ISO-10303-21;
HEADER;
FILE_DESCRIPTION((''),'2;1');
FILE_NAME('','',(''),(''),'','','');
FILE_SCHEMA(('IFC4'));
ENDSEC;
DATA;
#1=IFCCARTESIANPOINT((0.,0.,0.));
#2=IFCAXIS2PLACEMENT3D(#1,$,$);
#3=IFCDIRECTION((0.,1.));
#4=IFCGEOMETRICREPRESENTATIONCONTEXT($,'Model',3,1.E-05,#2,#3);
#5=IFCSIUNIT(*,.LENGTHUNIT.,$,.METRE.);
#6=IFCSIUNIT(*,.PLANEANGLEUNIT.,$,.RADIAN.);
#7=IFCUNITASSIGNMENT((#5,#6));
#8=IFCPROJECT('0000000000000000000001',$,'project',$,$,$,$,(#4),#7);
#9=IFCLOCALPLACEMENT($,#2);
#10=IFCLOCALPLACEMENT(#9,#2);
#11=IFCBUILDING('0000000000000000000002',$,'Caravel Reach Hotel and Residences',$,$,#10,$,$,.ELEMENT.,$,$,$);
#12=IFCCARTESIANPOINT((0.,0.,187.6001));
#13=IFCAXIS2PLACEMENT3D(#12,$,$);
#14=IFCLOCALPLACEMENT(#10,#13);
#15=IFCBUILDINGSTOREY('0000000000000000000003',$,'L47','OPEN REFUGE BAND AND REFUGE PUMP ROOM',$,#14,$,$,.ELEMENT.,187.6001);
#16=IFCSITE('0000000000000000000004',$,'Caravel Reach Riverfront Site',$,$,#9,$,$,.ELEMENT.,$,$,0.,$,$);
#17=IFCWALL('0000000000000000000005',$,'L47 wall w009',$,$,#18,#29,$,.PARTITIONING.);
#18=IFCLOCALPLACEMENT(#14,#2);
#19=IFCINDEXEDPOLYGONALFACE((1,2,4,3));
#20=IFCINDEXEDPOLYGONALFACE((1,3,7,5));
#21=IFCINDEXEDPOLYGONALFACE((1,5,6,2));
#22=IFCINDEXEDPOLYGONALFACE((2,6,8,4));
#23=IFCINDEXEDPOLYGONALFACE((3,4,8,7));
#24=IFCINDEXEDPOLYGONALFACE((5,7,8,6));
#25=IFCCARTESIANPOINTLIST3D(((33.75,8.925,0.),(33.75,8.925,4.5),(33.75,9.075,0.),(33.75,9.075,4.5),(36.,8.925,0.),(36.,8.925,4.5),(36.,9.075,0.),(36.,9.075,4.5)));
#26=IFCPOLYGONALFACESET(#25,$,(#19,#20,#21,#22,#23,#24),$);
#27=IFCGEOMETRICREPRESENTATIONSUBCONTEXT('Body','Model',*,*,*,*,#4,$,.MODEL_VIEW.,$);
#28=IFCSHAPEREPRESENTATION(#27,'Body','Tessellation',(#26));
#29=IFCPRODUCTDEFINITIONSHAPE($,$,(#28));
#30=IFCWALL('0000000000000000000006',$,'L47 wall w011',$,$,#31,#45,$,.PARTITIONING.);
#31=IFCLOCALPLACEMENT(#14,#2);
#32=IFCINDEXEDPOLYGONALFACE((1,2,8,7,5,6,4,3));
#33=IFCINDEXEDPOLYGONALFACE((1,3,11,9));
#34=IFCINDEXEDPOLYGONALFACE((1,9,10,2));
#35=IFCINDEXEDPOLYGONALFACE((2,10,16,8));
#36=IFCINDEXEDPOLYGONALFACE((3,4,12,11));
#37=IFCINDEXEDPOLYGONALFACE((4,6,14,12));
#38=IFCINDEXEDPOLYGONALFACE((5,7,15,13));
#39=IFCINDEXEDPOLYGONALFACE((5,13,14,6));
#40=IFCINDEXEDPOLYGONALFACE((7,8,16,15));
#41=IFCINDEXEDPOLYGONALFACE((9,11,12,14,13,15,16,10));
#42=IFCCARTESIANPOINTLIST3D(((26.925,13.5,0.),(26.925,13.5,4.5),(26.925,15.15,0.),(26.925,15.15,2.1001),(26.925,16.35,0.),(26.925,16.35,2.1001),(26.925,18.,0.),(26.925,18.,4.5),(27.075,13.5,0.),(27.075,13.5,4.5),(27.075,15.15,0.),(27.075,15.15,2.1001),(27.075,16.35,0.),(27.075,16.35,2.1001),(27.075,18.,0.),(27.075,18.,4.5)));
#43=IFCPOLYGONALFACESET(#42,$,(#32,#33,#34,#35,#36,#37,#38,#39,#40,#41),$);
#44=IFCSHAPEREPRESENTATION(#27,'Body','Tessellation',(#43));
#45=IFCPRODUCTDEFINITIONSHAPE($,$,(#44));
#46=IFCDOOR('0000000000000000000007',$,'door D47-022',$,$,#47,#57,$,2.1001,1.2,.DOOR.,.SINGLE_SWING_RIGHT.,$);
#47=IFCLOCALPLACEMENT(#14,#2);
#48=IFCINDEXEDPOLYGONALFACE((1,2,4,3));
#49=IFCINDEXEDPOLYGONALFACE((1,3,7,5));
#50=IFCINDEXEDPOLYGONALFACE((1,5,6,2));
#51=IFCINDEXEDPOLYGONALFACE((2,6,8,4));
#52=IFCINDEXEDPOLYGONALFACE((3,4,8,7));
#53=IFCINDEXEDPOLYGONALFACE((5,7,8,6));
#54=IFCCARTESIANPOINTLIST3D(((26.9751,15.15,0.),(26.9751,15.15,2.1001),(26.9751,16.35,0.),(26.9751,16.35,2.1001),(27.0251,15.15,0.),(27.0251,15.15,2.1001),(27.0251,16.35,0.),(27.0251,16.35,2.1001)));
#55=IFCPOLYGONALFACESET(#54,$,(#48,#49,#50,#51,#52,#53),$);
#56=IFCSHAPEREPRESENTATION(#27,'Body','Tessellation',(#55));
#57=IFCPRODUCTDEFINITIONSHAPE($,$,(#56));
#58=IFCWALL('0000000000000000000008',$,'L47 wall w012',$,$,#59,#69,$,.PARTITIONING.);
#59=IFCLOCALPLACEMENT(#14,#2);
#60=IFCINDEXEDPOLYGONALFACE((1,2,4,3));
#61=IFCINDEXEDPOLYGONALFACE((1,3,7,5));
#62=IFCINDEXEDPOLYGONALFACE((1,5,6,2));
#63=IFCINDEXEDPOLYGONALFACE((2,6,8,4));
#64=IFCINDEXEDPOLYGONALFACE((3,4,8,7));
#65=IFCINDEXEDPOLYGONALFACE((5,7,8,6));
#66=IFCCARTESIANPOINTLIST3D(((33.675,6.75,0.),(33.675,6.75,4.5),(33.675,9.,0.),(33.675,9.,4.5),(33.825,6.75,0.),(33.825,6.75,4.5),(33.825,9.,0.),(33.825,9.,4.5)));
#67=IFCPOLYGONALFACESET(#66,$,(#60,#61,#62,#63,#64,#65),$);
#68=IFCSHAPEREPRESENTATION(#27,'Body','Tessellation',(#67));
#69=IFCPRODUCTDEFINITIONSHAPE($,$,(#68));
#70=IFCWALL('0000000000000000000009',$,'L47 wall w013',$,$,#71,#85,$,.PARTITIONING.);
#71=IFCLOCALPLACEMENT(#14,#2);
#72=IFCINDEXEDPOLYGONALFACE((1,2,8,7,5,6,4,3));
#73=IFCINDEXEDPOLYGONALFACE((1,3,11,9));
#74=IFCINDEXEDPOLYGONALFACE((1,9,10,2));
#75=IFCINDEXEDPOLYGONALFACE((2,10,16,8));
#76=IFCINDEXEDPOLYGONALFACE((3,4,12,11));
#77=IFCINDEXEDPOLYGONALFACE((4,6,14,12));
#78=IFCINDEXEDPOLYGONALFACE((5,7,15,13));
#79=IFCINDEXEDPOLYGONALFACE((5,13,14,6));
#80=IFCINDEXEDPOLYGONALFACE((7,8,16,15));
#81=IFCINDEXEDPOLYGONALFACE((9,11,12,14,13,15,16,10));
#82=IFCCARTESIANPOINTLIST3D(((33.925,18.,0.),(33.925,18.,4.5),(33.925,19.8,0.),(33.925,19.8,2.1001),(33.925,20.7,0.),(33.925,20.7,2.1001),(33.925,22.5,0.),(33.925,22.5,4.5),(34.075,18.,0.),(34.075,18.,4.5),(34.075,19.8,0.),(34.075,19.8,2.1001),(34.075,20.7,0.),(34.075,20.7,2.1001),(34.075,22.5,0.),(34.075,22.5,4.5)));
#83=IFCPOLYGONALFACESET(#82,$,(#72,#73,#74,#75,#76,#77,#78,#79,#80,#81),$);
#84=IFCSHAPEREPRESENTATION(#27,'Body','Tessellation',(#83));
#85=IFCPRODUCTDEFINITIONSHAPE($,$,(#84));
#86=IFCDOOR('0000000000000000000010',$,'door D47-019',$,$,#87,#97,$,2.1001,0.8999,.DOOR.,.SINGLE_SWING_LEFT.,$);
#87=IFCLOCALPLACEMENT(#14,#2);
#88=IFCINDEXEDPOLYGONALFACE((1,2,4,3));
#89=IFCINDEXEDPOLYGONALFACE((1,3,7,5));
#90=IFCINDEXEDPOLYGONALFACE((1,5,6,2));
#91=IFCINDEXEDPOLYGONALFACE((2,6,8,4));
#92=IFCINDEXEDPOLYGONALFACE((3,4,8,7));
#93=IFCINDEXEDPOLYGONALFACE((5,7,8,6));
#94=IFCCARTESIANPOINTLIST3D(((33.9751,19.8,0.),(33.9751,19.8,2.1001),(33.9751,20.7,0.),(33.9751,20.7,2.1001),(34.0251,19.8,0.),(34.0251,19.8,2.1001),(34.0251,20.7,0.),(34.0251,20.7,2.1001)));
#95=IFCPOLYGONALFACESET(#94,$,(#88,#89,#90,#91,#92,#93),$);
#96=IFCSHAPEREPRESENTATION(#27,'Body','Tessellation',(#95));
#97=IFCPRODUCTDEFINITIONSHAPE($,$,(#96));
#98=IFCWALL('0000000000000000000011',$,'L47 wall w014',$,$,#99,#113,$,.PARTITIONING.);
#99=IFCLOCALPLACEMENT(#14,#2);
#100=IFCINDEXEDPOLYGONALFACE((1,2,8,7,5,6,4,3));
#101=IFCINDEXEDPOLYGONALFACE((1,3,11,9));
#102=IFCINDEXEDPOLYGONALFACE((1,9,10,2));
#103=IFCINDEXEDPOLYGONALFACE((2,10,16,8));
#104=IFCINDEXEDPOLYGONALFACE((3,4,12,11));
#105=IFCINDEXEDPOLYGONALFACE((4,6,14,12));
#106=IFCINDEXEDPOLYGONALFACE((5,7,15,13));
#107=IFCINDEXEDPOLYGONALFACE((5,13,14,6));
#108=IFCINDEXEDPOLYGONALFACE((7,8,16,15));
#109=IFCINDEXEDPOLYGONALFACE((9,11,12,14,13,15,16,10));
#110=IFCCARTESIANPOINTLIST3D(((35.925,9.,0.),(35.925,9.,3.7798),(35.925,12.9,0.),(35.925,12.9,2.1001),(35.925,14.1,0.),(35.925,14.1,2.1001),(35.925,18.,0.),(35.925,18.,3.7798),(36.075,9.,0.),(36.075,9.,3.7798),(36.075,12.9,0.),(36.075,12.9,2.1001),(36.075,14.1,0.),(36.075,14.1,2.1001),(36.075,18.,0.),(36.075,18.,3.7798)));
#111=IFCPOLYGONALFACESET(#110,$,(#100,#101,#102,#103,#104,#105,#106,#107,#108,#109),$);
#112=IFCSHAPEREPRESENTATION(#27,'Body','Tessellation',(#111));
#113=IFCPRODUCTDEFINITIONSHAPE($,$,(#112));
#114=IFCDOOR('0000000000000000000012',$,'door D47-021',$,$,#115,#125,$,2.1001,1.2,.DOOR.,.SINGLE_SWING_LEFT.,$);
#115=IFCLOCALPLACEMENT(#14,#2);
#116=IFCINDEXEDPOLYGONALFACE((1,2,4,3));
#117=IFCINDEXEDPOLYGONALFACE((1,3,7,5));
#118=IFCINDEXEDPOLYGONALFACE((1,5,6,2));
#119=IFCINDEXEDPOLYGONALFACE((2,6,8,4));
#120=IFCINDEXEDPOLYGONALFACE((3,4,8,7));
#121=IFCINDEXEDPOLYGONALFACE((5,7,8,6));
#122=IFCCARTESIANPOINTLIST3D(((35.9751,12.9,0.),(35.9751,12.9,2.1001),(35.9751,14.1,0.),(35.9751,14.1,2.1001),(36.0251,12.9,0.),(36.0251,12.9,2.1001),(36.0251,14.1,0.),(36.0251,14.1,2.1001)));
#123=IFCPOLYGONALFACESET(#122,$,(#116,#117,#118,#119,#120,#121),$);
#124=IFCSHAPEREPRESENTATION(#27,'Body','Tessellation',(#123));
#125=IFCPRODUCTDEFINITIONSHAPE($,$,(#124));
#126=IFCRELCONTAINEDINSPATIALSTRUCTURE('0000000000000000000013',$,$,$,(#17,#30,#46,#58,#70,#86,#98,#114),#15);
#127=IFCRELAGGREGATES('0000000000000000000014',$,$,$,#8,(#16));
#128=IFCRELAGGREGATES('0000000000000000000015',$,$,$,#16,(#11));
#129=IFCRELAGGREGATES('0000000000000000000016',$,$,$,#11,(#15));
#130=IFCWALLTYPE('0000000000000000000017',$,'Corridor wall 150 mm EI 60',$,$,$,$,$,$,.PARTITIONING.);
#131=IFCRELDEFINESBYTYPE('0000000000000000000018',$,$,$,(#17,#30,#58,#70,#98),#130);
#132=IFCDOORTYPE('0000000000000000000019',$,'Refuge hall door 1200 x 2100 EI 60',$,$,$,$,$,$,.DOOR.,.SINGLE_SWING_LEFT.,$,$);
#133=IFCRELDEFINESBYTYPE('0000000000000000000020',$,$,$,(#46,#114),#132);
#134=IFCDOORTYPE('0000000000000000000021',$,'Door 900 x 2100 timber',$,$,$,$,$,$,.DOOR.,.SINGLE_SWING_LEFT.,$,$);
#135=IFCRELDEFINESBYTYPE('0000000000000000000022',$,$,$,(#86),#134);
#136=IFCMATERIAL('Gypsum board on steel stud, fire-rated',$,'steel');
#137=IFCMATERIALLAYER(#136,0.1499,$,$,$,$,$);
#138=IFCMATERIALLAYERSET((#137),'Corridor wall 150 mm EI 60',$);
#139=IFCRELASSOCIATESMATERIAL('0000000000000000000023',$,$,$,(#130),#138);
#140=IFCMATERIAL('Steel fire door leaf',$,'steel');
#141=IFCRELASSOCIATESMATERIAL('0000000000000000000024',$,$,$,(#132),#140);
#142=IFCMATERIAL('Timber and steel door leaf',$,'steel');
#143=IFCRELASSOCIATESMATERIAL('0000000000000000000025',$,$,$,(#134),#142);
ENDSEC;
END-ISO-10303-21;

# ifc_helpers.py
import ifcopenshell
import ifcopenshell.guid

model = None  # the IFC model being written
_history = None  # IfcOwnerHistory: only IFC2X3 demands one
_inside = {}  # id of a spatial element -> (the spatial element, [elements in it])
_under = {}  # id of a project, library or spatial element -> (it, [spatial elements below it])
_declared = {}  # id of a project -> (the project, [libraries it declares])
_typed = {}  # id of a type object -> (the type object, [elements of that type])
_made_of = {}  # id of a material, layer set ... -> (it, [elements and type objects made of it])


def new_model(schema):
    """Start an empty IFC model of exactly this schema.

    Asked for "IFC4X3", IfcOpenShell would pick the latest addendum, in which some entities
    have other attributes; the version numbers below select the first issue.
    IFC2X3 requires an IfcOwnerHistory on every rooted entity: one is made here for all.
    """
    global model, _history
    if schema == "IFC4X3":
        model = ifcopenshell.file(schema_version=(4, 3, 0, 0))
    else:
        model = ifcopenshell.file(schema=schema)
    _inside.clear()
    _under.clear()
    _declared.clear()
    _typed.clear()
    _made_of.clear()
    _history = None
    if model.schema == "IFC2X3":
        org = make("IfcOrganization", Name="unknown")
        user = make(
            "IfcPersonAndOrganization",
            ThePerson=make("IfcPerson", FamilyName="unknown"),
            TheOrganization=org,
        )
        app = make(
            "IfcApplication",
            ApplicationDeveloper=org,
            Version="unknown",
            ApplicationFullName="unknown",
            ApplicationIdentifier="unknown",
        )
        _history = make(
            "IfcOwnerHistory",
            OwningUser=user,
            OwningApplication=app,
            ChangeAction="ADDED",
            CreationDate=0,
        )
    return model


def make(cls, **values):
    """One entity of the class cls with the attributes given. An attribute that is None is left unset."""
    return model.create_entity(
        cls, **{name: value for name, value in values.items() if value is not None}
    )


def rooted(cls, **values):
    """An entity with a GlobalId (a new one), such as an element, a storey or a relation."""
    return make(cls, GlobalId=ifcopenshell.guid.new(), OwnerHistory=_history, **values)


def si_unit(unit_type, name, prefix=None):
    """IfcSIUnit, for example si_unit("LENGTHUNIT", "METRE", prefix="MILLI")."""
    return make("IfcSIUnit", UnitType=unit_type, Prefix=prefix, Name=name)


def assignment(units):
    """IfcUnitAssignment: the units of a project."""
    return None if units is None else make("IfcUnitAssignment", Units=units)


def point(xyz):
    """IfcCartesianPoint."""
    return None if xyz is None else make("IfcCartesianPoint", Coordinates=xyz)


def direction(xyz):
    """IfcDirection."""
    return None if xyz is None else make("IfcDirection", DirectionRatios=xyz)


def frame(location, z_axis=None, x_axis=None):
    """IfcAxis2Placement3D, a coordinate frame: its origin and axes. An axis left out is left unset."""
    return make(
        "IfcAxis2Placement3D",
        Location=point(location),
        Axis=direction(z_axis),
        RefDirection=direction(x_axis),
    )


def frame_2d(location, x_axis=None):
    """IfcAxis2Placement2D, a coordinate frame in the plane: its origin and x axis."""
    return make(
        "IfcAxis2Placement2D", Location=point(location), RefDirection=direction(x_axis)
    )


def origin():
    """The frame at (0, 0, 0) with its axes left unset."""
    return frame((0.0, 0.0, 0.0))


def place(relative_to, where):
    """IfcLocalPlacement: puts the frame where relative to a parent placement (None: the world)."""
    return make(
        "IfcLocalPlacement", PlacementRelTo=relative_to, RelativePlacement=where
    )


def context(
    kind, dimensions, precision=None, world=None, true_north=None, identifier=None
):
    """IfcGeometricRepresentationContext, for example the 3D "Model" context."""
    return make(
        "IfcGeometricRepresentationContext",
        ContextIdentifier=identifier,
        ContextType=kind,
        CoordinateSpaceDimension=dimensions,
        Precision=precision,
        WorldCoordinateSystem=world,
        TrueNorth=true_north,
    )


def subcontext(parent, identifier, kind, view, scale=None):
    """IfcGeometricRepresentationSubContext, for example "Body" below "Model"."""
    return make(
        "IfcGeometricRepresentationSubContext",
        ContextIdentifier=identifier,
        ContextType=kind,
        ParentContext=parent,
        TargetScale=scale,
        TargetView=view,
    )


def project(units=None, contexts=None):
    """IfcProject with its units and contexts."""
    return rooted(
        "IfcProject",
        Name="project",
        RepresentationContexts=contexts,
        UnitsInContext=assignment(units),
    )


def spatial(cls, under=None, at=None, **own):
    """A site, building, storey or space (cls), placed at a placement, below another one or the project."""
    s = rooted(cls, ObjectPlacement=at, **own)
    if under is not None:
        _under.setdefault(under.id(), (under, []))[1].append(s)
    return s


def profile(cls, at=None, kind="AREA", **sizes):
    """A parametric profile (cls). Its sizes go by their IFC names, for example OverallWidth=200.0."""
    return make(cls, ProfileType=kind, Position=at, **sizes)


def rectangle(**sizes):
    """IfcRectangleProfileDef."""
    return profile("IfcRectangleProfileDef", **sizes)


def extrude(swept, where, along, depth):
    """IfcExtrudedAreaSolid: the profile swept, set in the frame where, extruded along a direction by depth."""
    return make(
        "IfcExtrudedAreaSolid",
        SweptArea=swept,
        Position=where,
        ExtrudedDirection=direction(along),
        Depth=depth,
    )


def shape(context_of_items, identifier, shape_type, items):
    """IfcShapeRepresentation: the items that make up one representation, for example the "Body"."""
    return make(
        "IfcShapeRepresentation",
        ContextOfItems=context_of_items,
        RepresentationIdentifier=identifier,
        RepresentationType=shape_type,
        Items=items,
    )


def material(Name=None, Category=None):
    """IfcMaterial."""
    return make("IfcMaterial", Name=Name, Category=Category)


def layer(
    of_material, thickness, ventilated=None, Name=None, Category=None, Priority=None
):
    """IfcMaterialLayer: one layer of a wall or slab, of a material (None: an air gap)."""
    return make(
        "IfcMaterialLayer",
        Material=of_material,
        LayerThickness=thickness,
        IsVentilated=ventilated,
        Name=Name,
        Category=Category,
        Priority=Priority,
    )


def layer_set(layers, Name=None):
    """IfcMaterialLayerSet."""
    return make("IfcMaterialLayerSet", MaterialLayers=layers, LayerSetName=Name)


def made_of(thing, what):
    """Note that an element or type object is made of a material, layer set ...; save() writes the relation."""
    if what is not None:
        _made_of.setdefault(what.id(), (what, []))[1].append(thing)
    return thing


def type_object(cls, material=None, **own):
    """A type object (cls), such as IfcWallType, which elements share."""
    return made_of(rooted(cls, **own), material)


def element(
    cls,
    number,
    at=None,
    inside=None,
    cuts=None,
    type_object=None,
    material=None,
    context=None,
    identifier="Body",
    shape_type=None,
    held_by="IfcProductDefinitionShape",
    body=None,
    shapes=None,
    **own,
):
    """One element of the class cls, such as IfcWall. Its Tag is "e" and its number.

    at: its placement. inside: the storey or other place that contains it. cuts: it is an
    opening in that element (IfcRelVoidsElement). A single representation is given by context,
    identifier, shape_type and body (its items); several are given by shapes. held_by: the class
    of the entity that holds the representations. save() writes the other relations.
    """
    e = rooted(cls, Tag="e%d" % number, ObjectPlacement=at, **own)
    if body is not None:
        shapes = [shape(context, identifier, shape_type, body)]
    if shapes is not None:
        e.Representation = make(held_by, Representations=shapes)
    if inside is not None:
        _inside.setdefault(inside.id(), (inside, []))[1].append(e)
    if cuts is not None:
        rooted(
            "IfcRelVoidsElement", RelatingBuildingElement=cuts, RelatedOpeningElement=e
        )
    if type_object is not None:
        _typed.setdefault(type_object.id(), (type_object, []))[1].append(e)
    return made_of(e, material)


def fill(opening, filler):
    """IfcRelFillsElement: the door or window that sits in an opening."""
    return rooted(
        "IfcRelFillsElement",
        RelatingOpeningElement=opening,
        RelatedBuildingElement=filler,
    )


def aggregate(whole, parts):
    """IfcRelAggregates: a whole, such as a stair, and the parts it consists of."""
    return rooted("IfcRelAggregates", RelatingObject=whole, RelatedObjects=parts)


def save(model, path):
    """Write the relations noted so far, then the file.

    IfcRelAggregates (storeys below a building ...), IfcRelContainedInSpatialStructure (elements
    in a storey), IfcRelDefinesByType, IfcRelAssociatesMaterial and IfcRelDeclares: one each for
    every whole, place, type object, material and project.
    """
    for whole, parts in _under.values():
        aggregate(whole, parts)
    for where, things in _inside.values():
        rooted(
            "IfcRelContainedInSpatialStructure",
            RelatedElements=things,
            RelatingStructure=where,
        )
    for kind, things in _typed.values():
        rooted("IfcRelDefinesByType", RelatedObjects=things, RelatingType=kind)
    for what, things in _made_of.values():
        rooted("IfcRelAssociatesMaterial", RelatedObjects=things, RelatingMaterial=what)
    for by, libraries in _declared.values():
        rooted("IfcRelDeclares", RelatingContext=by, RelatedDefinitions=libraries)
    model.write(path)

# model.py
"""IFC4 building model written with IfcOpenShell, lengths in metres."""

from ifc_helpers import new_model, si_unit, direction, frame, frame_2d, origin, place, context, subcontext, project, spatial, rectangle, extrude, material, layer, layer_set, type_object, element, fill, save


model = new_model("IFC4")

# Units and contexts
model_context = context("Model", 3, precision=1e-05, world=origin(), true_north=direction((0.0, 1.0)))
body_context = subcontext(model_context, "Body", "Model", "MODEL_VIEW")
ifc_project = project(units=[si_unit("LENGTHUNIT", "METRE"), si_unit("PLANEANGLEUNIT", "RADIAN")], contexts=[model_context])

# Site, building, storey
site_placement = place(None, origin())
site = spatial("IfcSite", under=ifc_project, at=site_placement, Name="Caravel Reach Riverfront Site", CompositionType="ELEMENT", RefElevation=0.0)
building_placement = place(site_placement, origin())
building = spatial("IfcBuilding", under=site, at=building_placement, Name="Caravel Reach Hotel and Residences", CompositionType="ELEMENT")
storey_placement = place(building_placement, frame((0.0, 0.0, 187.6001)))
storey = spatial("IfcBuildingStorey", under=building, at=storey_placement, Name="L47", Description="OPEN REFUGE BAND AND REFUGE PUMP ROOM", CompositionType="ELEMENT", Elevation=187.6001)

# Wall
ifc_material_1 = material(Name="Gypsum board on steel stud, fire-rated", Category="steel")
ifc_layer_1 = layer(ifc_material_1, 0.1499)
ifc_layer_set_1 = layer_set([ifc_layer_1], Name="Corridor wall 150 mm EI 60")
wall_type_1 = type_object("IfcWallType", Name="Corridor wall 150 mm EI 60", PredefinedType="PARTITIONING", material=ifc_layer_set_1)
wall_1_placement = place(storey_placement, frame((33.75, 9.0, 0.0), z_axis=(0.0, 0.0, 1.0), x_axis=(1.0, 0.0, 0.0)))
element("IfcWall", 1, at=wall_1_placement, inside=storey, type_object=wall_type_1, Name="L47 wall w009", PredefinedType="PARTITIONING", context=body_context, shape_type="SweptSolid", body=[
    extrude(rectangle(XDim=2.25, YDim=0.1499, at=frame_2d((1.125, 0.0))), origin(), (0.0, 0.0, 1.0), 4.5),
])

# Wall, opening, door
wall_2_placement = place(storey_placement, frame((27.0, 13.5, 0.0), z_axis=(0.0, 0.0, 1.0), x_axis=(0.0, 1.0, 0.0)))
wall_2 = element("IfcWall", 2, at=wall_2_placement, inside=storey, type_object=wall_type_1, Name="L47 wall w011", PredefinedType="PARTITIONING", context=body_context, shape_type="SweptSolid", body=[
    extrude(rectangle(XDim=4.5, YDim=0.1499, at=frame_2d((2.25, 0.0))), origin(), (0.0, 0.0, 1.0), 4.5),
])
opening_1_placement = place(wall_2_placement, frame((1.6499, 0.0, 0.0)))
opening_1 = element("IfcOpeningElement", 3, at=opening_1_placement, cuts=wall_2, PredefinedType="OPENING", context=body_context, shape_type="SweptSolid", body=[
    extrude(rectangle(XDim=1.2, YDim=2.1001, at=frame_2d((0.6001, 1.05))), frame((0.0, 0.085, 0.0), z_axis=(0.0, -1.0, 0.0), x_axis=(1.0, 0.0, 0.0)), (0.0, 0.0, 1.0), 0.1699),
])
ifc_material_2 = material(Name="Steel fire door leaf", Category="steel")
door_type_1 = type_object("IfcDoorType", Name="Refuge hall door 1200 x 2100 EI 60", OperationType="SINGLE_SWING_LEFT", PredefinedType="DOOR", material=ifc_material_2)
door_1_placement = place(opening_1_placement, origin())
door_1 = element("IfcDoor", 4, at=door_1_placement, inside=storey, type_object=door_type_1, Name="door D47-022", OperationType="SINGLE_SWING_RIGHT", OverallHeight=2.1001, OverallWidth=1.2, PredefinedType="DOOR", context=body_context, shape_type="SweptSolid", body=[
    extrude(rectangle(XDim=1.2, YDim=2.1001, at=frame_2d((0.6001, 1.05))), frame((0.0, 0.0249, 0.0), z_axis=(0.0, -1.0, 0.0), x_axis=(1.0, 0.0, 0.0)), (0.0, 0.0, 1.0), 0.05),
])
fill(opening_1, door_1)

# Wall
wall_3_placement = place(storey_placement, frame((33.75, 6.75, 0.0), z_axis=(0.0, 0.0, 1.0), x_axis=(0.0, 1.0, 0.0)))
element("IfcWall", 5, at=wall_3_placement, inside=storey, type_object=wall_type_1, Name="L47 wall w012", PredefinedType="PARTITIONING", context=body_context, shape_type="SweptSolid", body=[
    extrude(rectangle(XDim=2.25, YDim=0.1499, at=frame_2d((1.125, 0.0))), origin(), (0.0, 0.0, 1.0), 4.5),
])

# Walls, openings, doors
wall_4_placement = place(storey_placement, frame((34.0, 18.0, 0.0), z_axis=(0.0, 0.0, 1.0), x_axis=(0.0, 1.0, 0.0)))
wall_4 = element("IfcWall", 6, at=wall_4_placement, inside=storey, type_object=wall_type_1, Name="L47 wall w013", PredefinedType="PARTITIONING", context=body_context, shape_type="SweptSolid", body=[
    extrude(rectangle(XDim=4.5, YDim=0.1499, at=frame_2d((2.25, 0.0))), origin(), (0.0, 0.0, 1.0), 4.5),
])
opening_2_placement = place(wall_4_placement, frame((1.8, 0.0, 0.0)))
opening_2 = element("IfcOpeningElement", 7, at=opening_2_placement, cuts=wall_4, PredefinedType="OPENING", context=body_context, shape_type="SweptSolid", body=[
    extrude(rectangle(XDim=0.8999, YDim=2.1001, at=frame_2d((0.45, 1.05))), frame((0.0, 0.085, 0.0), z_axis=(0.0, -1.0, 0.0), x_axis=(1.0, 0.0, 0.0)), (0.0, 0.0, 1.0), 0.1699),
])
ifc_material_3 = material(Name="Timber and steel door leaf", Category="steel")
door_type_2 = type_object("IfcDoorType", Name="Door 900 x 2100 timber", OperationType="SINGLE_SWING_LEFT", PredefinedType="DOOR", material=ifc_material_3)
door_2_placement = place(opening_2_placement, origin())
door_2 = element("IfcDoor", 8, at=door_2_placement, inside=storey, type_object=door_type_2, Name="door D47-019", OperationType="SINGLE_SWING_LEFT", OverallHeight=2.1001, OverallWidth=0.8999, PredefinedType="DOOR", context=body_context, shape_type="SweptSolid", body=[
    extrude(rectangle(XDim=0.8999, YDim=2.1001, at=frame_2d((0.45, 1.05))), frame((0.0, 0.0249, 0.0), z_axis=(0.0, -1.0, 0.0), x_axis=(1.0, 0.0, 0.0)), (0.0, 0.0, 1.0), 0.05),
])
fill(opening_2, door_2)
wall_5_placement = place(storey_placement, frame((36.0, 9.0, 0.0), z_axis=(0.0, 0.0, 1.0), x_axis=(0.0, 1.0, 0.0)))
wall_5 = element("IfcWall", 9, at=wall_5_placement, inside=storey, type_object=wall_type_1, Name="L47 wall w014", PredefinedType="PARTITIONING", context=body_context, shape_type="SweptSolid", body=[
    extrude(rectangle(XDim=9.0, YDim=0.1499, at=frame_2d((4.5, 0.0))), origin(), (0.0, 0.0, 1.0), 3.7798),
])
opening_3_placement = place(wall_5_placement, frame((3.8999, 0.0, 0.0)))
opening_3 = element("IfcOpeningElement", 10, at=opening_3_placement, cuts=wall_5, PredefinedType="OPENING", context=body_context, shape_type="SweptSolid", body=[
    extrude(rectangle(XDim=1.2, YDim=2.1001, at=frame_2d((0.6001, 1.05))), frame((0.0, 0.085, 0.0), z_axis=(0.0, -1.0, 0.0), x_axis=(1.0, 0.0, 0.0)), (0.0, 0.0, 1.0), 0.1699),
])
door_3_placement = place(opening_3_placement, origin())
door_3 = element("IfcDoor", 11, at=door_3_placement, inside=storey, type_object=door_type_1, Name="door D47-021", OperationType="SINGLE_SWING_LEFT", OverallHeight=2.1001, OverallWidth=1.2, PredefinedType="DOOR", context=body_context, shape_type="SweptSolid", body=[
    extrude(rectangle(XDim=1.2, YDim=2.1001, at=frame_2d((0.6001, 1.05))), frame((0.0, 0.0249, 0.0), z_axis=(0.0, -1.0, 0.0), x_axis=(1.0, 0.0, 0.0)), (0.0, 0.0, 1.0), 0.05),
])
fill(opening_3, door_3)

save(model, "model.ifc")
